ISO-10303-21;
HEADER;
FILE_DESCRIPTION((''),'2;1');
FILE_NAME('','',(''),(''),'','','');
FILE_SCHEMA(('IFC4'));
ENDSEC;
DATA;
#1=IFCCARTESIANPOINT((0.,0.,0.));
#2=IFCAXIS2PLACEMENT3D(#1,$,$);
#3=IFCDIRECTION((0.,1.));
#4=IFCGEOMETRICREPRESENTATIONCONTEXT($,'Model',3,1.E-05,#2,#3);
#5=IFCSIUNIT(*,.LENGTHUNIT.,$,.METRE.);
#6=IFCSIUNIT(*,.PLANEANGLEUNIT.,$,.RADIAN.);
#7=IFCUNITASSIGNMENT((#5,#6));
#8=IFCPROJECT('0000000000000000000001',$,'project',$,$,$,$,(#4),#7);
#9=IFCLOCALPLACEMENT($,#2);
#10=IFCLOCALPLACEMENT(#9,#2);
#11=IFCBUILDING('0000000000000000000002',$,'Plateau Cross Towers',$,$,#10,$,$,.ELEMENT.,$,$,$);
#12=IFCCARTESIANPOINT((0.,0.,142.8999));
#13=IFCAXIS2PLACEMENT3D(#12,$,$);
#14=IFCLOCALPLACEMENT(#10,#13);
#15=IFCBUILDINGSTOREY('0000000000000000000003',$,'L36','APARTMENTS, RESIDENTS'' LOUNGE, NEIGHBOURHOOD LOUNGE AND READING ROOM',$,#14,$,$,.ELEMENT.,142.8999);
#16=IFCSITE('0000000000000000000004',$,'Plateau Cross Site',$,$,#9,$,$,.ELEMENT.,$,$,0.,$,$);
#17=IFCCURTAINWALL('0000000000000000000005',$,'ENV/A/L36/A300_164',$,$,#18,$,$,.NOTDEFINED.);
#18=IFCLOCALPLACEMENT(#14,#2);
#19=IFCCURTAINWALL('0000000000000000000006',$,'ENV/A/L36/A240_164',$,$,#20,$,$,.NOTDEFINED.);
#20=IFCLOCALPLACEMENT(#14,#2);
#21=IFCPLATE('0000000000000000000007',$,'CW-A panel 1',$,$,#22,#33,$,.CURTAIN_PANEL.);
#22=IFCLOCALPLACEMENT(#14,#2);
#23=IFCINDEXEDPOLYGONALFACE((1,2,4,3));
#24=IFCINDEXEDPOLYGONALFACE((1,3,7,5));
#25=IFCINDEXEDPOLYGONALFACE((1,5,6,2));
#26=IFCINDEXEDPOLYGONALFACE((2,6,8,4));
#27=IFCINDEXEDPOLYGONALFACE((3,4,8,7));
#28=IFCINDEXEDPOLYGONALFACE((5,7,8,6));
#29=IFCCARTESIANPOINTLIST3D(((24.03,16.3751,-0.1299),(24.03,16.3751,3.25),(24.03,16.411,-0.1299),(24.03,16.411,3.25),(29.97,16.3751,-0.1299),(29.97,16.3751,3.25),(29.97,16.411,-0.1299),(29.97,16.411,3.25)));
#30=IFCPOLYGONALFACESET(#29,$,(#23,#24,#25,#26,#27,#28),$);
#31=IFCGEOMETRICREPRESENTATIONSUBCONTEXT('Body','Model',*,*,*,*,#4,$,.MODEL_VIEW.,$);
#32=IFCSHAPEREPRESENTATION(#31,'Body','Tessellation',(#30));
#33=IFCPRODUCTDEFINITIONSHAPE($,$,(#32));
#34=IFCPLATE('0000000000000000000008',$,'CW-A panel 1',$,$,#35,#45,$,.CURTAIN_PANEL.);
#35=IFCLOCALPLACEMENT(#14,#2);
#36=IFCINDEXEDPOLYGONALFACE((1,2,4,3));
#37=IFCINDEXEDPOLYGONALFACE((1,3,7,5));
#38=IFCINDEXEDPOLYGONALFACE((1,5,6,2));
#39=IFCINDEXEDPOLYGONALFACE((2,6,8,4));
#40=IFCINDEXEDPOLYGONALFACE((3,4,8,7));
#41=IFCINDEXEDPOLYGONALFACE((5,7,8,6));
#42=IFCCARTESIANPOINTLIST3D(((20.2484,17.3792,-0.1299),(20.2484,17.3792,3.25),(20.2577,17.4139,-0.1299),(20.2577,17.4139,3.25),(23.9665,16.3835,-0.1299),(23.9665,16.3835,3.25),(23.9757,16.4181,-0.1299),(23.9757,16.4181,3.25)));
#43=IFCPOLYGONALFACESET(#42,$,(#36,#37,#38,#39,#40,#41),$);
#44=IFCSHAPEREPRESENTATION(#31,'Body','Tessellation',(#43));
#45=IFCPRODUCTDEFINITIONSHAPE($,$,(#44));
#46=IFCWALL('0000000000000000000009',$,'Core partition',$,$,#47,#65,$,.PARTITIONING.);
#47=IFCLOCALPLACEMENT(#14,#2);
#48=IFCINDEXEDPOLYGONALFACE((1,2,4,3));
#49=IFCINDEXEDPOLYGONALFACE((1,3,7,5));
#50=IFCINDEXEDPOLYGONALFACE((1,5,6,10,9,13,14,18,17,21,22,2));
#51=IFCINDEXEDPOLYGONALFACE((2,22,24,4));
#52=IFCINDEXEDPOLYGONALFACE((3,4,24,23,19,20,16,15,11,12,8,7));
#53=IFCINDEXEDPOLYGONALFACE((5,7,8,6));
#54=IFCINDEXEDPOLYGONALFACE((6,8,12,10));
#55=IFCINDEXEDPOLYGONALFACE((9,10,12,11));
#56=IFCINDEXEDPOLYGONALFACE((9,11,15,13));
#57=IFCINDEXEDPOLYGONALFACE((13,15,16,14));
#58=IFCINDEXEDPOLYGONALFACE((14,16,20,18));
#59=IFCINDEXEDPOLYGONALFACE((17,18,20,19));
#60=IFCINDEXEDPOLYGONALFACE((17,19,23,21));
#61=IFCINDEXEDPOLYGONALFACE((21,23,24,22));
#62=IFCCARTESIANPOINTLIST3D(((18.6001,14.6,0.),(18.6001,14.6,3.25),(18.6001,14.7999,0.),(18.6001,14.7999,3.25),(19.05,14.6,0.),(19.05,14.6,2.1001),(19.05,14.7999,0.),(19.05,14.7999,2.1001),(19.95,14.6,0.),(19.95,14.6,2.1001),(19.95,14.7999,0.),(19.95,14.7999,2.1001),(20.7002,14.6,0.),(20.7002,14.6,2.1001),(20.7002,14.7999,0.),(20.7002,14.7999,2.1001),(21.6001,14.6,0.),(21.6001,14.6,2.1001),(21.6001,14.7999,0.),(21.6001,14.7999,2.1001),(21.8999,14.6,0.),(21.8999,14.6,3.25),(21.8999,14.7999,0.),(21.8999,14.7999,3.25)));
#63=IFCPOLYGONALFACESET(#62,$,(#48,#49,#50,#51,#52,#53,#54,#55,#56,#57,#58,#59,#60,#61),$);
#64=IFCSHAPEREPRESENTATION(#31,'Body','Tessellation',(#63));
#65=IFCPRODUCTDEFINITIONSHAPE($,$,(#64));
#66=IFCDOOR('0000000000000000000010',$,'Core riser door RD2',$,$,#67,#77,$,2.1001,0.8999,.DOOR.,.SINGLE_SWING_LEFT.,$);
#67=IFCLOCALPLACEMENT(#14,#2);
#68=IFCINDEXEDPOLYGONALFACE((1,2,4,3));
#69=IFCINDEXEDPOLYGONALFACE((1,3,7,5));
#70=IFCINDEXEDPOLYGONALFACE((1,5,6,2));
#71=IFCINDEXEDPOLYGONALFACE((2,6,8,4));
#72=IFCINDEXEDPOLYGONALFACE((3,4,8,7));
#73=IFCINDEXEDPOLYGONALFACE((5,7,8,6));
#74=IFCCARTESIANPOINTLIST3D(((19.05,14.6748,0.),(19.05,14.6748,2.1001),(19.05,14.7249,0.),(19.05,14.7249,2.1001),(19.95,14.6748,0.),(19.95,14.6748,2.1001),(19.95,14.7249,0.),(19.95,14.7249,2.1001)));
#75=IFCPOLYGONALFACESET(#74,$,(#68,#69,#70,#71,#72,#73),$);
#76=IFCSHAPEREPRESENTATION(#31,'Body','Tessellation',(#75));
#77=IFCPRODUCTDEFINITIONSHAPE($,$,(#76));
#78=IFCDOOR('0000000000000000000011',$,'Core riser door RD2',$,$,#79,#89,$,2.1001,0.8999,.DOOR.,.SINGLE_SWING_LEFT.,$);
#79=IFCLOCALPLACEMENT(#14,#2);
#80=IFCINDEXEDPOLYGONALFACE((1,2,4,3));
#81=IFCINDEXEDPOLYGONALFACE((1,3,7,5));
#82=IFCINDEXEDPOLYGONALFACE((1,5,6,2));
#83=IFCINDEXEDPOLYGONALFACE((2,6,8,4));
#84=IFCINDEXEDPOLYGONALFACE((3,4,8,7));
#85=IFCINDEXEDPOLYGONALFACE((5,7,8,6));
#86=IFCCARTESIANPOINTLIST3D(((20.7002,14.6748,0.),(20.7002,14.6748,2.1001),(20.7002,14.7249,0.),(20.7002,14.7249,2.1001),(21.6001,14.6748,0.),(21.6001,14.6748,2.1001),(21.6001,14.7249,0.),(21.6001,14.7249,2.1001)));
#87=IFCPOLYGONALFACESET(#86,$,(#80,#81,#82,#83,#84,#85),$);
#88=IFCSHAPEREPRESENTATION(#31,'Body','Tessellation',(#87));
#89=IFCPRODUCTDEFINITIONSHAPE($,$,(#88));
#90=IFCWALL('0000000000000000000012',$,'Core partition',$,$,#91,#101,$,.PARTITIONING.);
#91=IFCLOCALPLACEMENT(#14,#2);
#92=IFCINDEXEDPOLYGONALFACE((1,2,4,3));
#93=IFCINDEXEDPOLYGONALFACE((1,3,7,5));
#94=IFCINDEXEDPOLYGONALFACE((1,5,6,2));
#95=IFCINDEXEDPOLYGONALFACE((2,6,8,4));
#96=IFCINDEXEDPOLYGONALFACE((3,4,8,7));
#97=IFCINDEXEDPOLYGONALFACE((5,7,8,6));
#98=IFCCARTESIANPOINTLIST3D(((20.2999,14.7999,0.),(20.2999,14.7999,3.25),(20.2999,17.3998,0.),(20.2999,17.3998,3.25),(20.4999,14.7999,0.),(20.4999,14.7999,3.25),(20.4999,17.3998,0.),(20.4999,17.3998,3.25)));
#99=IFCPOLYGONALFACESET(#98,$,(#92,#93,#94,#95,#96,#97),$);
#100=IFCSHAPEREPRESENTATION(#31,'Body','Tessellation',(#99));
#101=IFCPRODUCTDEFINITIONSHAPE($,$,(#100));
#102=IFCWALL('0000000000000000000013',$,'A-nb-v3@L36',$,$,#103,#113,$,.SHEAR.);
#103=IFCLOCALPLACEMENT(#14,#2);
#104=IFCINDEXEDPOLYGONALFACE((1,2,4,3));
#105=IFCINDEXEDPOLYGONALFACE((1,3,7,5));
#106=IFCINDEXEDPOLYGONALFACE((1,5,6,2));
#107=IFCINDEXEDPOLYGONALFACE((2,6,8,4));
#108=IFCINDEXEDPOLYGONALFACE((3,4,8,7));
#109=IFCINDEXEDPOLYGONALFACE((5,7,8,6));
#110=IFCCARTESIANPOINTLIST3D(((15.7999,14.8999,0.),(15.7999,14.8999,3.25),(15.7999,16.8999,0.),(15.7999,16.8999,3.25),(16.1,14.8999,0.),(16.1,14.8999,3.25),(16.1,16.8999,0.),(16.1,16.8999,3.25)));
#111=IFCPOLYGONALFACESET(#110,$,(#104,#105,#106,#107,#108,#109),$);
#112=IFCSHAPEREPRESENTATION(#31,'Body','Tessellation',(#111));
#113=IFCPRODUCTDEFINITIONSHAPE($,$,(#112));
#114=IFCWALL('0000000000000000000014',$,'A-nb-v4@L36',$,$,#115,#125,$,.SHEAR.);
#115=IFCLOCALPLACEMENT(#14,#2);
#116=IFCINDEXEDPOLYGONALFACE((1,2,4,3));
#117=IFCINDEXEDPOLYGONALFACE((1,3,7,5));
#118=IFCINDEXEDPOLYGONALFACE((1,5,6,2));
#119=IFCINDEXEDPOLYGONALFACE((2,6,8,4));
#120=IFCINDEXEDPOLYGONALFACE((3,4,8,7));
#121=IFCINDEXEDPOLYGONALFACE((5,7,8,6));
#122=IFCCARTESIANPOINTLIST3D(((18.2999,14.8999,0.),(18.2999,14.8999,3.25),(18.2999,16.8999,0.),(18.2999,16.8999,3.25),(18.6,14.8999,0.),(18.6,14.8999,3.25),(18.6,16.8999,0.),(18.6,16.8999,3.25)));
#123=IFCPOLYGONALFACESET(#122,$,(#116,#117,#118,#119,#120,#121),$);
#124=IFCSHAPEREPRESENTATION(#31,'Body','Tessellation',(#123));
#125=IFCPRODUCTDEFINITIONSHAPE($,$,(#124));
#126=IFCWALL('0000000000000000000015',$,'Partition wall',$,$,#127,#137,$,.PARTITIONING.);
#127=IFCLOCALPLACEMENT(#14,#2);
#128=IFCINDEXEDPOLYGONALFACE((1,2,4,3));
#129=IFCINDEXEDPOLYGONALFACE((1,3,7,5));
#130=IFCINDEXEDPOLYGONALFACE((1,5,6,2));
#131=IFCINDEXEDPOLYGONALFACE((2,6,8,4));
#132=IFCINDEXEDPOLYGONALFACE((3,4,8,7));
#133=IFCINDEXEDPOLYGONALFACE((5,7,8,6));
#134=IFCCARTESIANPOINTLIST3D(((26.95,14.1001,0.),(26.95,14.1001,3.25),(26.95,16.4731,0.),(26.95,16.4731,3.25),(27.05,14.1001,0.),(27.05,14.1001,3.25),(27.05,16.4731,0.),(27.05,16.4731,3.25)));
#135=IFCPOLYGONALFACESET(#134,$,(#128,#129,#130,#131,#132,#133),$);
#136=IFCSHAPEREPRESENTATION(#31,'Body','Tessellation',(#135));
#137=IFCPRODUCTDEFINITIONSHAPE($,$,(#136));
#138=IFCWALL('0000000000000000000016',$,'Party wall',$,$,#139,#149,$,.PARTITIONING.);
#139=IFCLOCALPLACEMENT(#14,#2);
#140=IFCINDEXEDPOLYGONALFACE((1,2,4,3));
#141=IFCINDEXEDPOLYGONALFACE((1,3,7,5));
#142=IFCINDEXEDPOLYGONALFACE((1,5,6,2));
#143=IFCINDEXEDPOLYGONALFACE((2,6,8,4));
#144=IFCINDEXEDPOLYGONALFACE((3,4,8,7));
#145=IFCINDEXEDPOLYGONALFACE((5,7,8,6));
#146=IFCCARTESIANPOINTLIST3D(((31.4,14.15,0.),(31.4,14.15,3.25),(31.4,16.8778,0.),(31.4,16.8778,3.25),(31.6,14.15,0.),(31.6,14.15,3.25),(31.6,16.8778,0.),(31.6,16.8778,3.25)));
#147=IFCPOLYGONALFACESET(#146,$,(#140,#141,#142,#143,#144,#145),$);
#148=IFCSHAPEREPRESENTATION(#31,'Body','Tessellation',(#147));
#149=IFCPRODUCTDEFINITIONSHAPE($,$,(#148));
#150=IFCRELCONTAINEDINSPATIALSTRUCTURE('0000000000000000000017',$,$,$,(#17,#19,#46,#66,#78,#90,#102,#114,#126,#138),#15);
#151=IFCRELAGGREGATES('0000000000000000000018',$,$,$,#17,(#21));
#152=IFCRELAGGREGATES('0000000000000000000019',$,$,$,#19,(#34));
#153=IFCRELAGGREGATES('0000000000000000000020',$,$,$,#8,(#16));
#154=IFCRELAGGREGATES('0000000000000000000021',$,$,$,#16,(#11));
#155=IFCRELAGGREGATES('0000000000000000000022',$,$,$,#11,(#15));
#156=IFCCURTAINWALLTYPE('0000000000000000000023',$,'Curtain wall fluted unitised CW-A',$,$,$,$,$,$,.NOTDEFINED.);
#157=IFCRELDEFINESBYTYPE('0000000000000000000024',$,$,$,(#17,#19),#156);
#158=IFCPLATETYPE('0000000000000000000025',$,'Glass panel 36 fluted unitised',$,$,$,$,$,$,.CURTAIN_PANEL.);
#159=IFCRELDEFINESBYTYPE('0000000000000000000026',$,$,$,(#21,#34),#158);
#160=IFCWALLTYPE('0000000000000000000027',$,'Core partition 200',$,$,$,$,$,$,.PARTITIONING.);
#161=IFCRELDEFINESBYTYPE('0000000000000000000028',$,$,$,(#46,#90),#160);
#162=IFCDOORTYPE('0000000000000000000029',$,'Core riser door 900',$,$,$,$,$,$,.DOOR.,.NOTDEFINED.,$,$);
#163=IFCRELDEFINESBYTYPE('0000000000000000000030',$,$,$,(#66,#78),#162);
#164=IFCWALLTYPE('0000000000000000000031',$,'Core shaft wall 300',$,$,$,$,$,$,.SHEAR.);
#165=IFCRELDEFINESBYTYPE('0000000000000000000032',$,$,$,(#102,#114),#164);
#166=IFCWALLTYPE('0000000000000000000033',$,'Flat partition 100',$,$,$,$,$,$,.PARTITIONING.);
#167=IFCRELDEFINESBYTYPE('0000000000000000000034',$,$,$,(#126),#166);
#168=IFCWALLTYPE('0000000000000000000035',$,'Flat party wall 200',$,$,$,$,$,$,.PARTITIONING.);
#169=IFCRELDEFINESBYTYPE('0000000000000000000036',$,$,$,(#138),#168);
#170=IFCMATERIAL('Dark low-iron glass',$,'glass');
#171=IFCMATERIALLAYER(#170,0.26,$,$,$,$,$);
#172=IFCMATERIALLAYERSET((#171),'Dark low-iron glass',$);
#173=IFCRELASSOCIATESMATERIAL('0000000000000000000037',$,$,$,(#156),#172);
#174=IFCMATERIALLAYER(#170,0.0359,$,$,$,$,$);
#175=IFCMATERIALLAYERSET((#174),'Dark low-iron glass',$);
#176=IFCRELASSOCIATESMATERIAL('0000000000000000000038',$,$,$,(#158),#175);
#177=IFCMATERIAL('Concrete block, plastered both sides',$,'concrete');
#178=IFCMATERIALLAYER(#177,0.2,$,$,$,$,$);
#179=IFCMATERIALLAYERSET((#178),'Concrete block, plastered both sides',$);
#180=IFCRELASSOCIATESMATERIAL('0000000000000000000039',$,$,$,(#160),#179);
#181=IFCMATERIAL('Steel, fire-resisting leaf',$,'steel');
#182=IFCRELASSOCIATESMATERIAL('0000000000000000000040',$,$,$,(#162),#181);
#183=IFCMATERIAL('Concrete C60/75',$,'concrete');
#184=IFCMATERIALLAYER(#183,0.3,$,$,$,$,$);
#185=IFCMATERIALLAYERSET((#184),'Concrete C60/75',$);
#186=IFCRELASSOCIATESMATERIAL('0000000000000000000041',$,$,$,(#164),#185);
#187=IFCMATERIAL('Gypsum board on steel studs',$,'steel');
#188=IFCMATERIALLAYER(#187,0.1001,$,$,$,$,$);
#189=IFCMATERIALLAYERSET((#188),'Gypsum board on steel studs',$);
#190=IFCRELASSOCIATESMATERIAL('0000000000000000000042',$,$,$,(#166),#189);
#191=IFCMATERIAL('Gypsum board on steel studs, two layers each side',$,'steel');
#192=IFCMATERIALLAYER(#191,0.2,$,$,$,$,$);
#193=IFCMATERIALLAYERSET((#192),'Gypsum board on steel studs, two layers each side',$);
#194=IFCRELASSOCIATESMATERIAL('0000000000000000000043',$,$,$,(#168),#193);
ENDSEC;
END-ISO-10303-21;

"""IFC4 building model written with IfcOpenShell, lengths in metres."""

from ifc_helpers import new_model, si_unit, direction, frame, frame_2d, origin, origin_2d, place, context, subcontext, project, spatial, rectangle, extrude, material, layer, layer_set, type_object, element, fill, aggregate, save


model = new_model("IFC4")

# Units and contexts
model_context = context("Model", 3, precision=1e-05, world=origin(), true_north=direction((0.0, 1.0)))
body_context = subcontext(model_context, "Body", "Model", "MODEL_VIEW")
ifc_project = project(units=[si_unit("LENGTHUNIT", "METRE"), si_unit("PLANEANGLEUNIT", "RADIAN")], contexts=[model_context])

# Site, building, storey
site_placement = place(None, origin())
site = spatial("IfcSite", under=ifc_project, at=site_placement, Name="Plateau Cross Site", CompositionType="ELEMENT", RefElevation=0.0)
building_placement = place(site_placement, origin())
building = spatial("IfcBuilding", under=site, at=building_placement, Name="Plateau Cross Towers", CompositionType="ELEMENT")
storey_placement = place(building_placement, frame((0.0, 0.0, 142.8999)))
storey = spatial("IfcBuildingStorey", under=building, at=storey_placement, Name="L36", Description="APARTMENTS, RESIDENTS' LOUNGE, NEIGHBOURHOOD LOUNGE AND READING ROOM", CompositionType="ELEMENT", Elevation=142.8999)

# Shared definitions
ifc_material_1 = material(Name="Concrete C60/75", Category="concrete")

# Curtain walls
ifc_material_2 = material(Name="Dark low-iron glass", Category="glass")
ifc_layer_1 = layer(ifc_material_2, 0.26)
ifc_layer_set_1 = layer_set([ifc_layer_1], Name="Dark low-iron glass")
curtain_wall_type_1 = type_object("IfcCurtainWallType", Name="Curtain wall fluted unitised CW-A", PredefinedType="NOTDEFINED", material=ifc_layer_set_1)
curtain_wall_1_placement = place(storey_placement, origin())
curtain_wall_1 = element("IfcCurtainWall", 1, at=curtain_wall_1_placement, inside=storey, type_object=curtain_wall_type_1, Name="ENV/A/L36/A300_164", PredefinedType="NOTDEFINED")
curtain_wall_2_placement = place(storey_placement, origin())
curtain_wall_2 = element("IfcCurtainWall", 2, at=curtain_wall_2_placement, inside=storey, type_object=curtain_wall_type_1, Name="ENV/A/L36/A240_164", PredefinedType="NOTDEFINED")

# Plates
ifc_layer_2 = layer(ifc_material_2, 0.0359)
ifc_layer_set_2 = layer_set([ifc_layer_2], Name="Dark low-iron glass")
plate_type_1 = type_object("IfcPlateType", Name="Glass panel 36 fluted unitised", PredefinedType="CURTAIN_PANEL", material=ifc_layer_set_2)
plate_1_placement = place(storey_placement, frame((27.0, 16.3931, -0.1299), z_axis=(0.0, 0.0, 1.0), x_axis=(-1.0, 0.0, 0.0)))
plate_1 = element("IfcPlate", 3, at=plate_1_placement, type_object=plate_type_1, Name="CW-A panel 1", PredefinedType="CURTAIN_PANEL", context=body_context, shape_type="SweptSolid", body=[
    extrude(rectangle(XDim=5.9399, YDim=0.0359, at=origin_2d()), origin(), (0.0, 0.0, 1.0), 3.3799),
])
aggregate(curtain_wall_1, [plate_1])
plate_2_placement = place(storey_placement, frame((22.1121, 16.8987, -0.1299), z_axis=(0.0, 0.0, 1.0), x_axis=(-0.965958, 0.258699, 0.0)))
plate_2 = element("IfcPlate", 4, at=plate_2_placement, type_object=plate_type_1, Name="CW-A panel 1", PredefinedType="CURTAIN_PANEL", context=body_context, shape_type="SweptSolid", body=[
    extrude(rectangle(XDim=3.8491, YDim=0.0359, at=origin_2d()), origin(), (0.0, 0.0, 1.0), 3.3799),
])
aggregate(curtain_wall_2, [plate_2])

# Wall, openings, doors
ifc_material_3 = material(Name="Concrete block, plastered both sides", Category="concrete")
ifc_layer_3 = layer(ifc_material_3, 0.2)
ifc_layer_set_3 = layer_set([ifc_layer_3], Name="Concrete block, plastered both sides")
wall_type_1 = type_object("IfcWallType", Name="Core partition 200", PredefinedType="PARTITIONING", material=ifc_layer_set_3)
wall_1_placement = place(storey_placement, frame((18.6001, 14.7, 0.0), z_axis=(0.0, 0.0, 1.0), x_axis=(1.0, 0.0, 0.0)))
wall_1 = element("IfcWall", 5, at=wall_1_placement, inside=storey, type_object=wall_type_1, Name="Core partition", PredefinedType="PARTITIONING", context=body_context, shape_type="SweptSolid", body=[
    extrude(rectangle(XDim=3.2998, YDim=0.2, at=frame_2d((1.6499, 0.0))), origin(), (0.0, 0.0, 1.0), 3.25),
])
opening_1_placement = place(wall_1_placement, frame((0.45, 0.0, 0.0)))
opening_1 = element("IfcOpeningElement", 6, at=opening_1_placement, cuts=wall_1, PredefinedType="OPENING", context=body_context, shape_type="SweptSolid", body=[
    extrude(rectangle(XDim=0.8999, YDim=2.1001, at=frame_2d((0.45, 1.05))), frame((0.0, 0.1099, 0.0), z_axis=(0.0, -1.0, 0.0), x_axis=(1.0, 0.0, 0.0)), (0.0, 0.0, 1.0), 0.22),
])
opening_2_placement = place(wall_1_placement, frame((2.1001, 0.0, 0.0)))
opening_2 = element("IfcOpeningElement", 7, at=opening_2_placement, cuts=wall_1, PredefinedType="OPENING", context=body_context, shape_type="SweptSolid", body=[
    extrude(rectangle(XDim=0.8999, YDim=2.1001, at=frame_2d((0.45, 1.05))), frame((0.0, 0.1099, 0.0), z_axis=(0.0, -1.0, 0.0), x_axis=(1.0, 0.0, 0.0)), (0.0, 0.0, 1.0), 0.22),
])
ifc_material_4 = material(Name="Steel, fire-resisting leaf", Category="steel")
door_type = type_object("IfcDoorType", Name="Core riser door 900", OperationType="NOTDEFINED", PredefinedType="DOOR", material=ifc_material_4)
door_1_placement = place(opening_1_placement, origin())
door_1 = element("IfcDoor", 8, at=door_1_placement, inside=storey, type_object=door_type, Name="Core riser door RD2", OperationType="SINGLE_SWING_LEFT", OverallHeight=2.1001, OverallWidth=0.8999, PredefinedType="DOOR", context=body_context, shape_type="SweptSolid", body=[
    extrude(rectangle(XDim=0.8999, YDim=2.1001, at=frame_2d((0.45, 1.05))), frame((0.0, 0.0249, 0.0), z_axis=(0.0, -1.0, 0.0), x_axis=(1.0, 0.0, 0.0)), (0.0, 0.0, 1.0), 0.05),
])
fill(opening_1, door_1)
door_2_placement = place(opening_2_placement, origin())
door_2 = element("IfcDoor", 9, at=door_2_placement, inside=storey, type_object=door_type, Name="Core riser door RD2", OperationType="SINGLE_SWING_LEFT", OverallHeight=2.1001, OverallWidth=0.8999, PredefinedType="DOOR", context=body_context, shape_type="SweptSolid", body=[
    extrude(rectangle(XDim=0.8999, YDim=2.1001, at=frame_2d((0.45, 1.05))), frame((0.0, 0.0249, 0.0), z_axis=(0.0, -1.0, 0.0), x_axis=(1.0, 0.0, 0.0)), (0.0, 0.0, 1.0), 0.05),
])
fill(opening_2, door_2)

# Walls
wall_2_placement = place(storey_placement, frame((20.3999, 14.8, 0.0), z_axis=(0.0, 0.0, 1.0), x_axis=(0.0, 1.0, 0.0)))
element("IfcWall", 10, at=wall_2_placement, inside=storey, type_object=wall_type_1, Name="Core partition", PredefinedType="PARTITIONING", context=body_context, shape_type="SweptSolid", body=[
    extrude(rectangle(XDim=2.5999, YDim=0.2, at=frame_2d((1.2998, 0.0))), origin(), (0.0, 0.0, 1.0), 3.25),
])
ifc_layer_4 = layer(ifc_material_1, 0.3)
ifc_layer_set_4 = layer_set([ifc_layer_4], Name="Concrete C60/75")
wall_type_2 = type_object("IfcWallType", Name="Core shaft wall 300", PredefinedType="SHEAR", material=ifc_layer_set_4)
for number, where, z_axis, x_axis, name in (
    (11, (15.95, 14.8999, 0.0), (0.0, 0.0, 1.0), (0.0, 1.0, 0.0), "A-nb-v3@L36"),
    (12, (18.45, 14.8999, 0.0), (0.0, 0.0, 1.0), (0.0, 1.0, 0.0), "A-nb-v4@L36"),
):
    element("IfcWall", number, at=place(storey_placement, frame(where, z_axis=z_axis, x_axis=x_axis)), inside=storey, type_object=wall_type_2, Name=name, PredefinedType="SHEAR", context=body_context, shape_type="SweptSolid", body=[
        extrude(rectangle(XDim=2.0, YDim=0.3, at=frame_2d((1.0, 0.0))), origin(), (0.0, 0.0, 1.0), 3.25),
    ])
ifc_material_5 = material(Name="Gypsum board on steel studs", Category="steel")
ifc_layer_5 = layer(ifc_material_5, 0.1001)
ifc_layer_set_5 = layer_set([ifc_layer_5], Name="Gypsum board on steel studs")
wall_type_3 = type_object("IfcWallType", Name="Flat partition 100", PredefinedType="PARTITIONING", material=ifc_layer_set_5)
wall_3_placement = place(storey_placement, frame((27.0, 14.1001, 0.0), z_axis=(0.0, 0.0, 1.0), x_axis=(0.0, 1.0, 0.0)))
element("IfcWall", 13, at=wall_3_placement, inside=storey, type_object=wall_type_3, Name="Partition wall", PredefinedType="PARTITIONING", context=body_context, shape_type="SweptSolid", body=[
    extrude(rectangle(XDim=2.373, YDim=0.1001, at=frame_2d((1.1865, 0.0))), origin(), (0.0, 0.0, 1.0), 3.25),
])
ifc_material_6 = material(Name="Gypsum board on steel studs, two layers each side", Category="steel")
ifc_layer_6 = layer(ifc_material_6, 0.2)
ifc_layer_set_6 = layer_set([ifc_layer_6], Name="Gypsum board on steel studs, two layers each side")
wall_type_4 = type_object("IfcWallType", Name="Flat party wall 200", PredefinedType="PARTITIONING", material=ifc_layer_set_6)
wall_4_placement = place(storey_placement, frame((31.5, 16.8777, 0.0), z_axis=(0.0, 0.0, 1.0), x_axis=(0.0, -1.0, 0.0)))
element("IfcWall", 14, at=wall_4_placement, inside=storey, type_object=wall_type_4, Name="Party wall", PredefinedType="PARTITIONING", context=body_context, shape_type="SweptSolid", body=[
    extrude(rectangle(XDim=2.7278, YDim=0.2, at=frame_2d((1.3638, 0.0))), origin(), (0.0, 0.0, 1.0), 3.25),
])

save(model, "model.ifc")
